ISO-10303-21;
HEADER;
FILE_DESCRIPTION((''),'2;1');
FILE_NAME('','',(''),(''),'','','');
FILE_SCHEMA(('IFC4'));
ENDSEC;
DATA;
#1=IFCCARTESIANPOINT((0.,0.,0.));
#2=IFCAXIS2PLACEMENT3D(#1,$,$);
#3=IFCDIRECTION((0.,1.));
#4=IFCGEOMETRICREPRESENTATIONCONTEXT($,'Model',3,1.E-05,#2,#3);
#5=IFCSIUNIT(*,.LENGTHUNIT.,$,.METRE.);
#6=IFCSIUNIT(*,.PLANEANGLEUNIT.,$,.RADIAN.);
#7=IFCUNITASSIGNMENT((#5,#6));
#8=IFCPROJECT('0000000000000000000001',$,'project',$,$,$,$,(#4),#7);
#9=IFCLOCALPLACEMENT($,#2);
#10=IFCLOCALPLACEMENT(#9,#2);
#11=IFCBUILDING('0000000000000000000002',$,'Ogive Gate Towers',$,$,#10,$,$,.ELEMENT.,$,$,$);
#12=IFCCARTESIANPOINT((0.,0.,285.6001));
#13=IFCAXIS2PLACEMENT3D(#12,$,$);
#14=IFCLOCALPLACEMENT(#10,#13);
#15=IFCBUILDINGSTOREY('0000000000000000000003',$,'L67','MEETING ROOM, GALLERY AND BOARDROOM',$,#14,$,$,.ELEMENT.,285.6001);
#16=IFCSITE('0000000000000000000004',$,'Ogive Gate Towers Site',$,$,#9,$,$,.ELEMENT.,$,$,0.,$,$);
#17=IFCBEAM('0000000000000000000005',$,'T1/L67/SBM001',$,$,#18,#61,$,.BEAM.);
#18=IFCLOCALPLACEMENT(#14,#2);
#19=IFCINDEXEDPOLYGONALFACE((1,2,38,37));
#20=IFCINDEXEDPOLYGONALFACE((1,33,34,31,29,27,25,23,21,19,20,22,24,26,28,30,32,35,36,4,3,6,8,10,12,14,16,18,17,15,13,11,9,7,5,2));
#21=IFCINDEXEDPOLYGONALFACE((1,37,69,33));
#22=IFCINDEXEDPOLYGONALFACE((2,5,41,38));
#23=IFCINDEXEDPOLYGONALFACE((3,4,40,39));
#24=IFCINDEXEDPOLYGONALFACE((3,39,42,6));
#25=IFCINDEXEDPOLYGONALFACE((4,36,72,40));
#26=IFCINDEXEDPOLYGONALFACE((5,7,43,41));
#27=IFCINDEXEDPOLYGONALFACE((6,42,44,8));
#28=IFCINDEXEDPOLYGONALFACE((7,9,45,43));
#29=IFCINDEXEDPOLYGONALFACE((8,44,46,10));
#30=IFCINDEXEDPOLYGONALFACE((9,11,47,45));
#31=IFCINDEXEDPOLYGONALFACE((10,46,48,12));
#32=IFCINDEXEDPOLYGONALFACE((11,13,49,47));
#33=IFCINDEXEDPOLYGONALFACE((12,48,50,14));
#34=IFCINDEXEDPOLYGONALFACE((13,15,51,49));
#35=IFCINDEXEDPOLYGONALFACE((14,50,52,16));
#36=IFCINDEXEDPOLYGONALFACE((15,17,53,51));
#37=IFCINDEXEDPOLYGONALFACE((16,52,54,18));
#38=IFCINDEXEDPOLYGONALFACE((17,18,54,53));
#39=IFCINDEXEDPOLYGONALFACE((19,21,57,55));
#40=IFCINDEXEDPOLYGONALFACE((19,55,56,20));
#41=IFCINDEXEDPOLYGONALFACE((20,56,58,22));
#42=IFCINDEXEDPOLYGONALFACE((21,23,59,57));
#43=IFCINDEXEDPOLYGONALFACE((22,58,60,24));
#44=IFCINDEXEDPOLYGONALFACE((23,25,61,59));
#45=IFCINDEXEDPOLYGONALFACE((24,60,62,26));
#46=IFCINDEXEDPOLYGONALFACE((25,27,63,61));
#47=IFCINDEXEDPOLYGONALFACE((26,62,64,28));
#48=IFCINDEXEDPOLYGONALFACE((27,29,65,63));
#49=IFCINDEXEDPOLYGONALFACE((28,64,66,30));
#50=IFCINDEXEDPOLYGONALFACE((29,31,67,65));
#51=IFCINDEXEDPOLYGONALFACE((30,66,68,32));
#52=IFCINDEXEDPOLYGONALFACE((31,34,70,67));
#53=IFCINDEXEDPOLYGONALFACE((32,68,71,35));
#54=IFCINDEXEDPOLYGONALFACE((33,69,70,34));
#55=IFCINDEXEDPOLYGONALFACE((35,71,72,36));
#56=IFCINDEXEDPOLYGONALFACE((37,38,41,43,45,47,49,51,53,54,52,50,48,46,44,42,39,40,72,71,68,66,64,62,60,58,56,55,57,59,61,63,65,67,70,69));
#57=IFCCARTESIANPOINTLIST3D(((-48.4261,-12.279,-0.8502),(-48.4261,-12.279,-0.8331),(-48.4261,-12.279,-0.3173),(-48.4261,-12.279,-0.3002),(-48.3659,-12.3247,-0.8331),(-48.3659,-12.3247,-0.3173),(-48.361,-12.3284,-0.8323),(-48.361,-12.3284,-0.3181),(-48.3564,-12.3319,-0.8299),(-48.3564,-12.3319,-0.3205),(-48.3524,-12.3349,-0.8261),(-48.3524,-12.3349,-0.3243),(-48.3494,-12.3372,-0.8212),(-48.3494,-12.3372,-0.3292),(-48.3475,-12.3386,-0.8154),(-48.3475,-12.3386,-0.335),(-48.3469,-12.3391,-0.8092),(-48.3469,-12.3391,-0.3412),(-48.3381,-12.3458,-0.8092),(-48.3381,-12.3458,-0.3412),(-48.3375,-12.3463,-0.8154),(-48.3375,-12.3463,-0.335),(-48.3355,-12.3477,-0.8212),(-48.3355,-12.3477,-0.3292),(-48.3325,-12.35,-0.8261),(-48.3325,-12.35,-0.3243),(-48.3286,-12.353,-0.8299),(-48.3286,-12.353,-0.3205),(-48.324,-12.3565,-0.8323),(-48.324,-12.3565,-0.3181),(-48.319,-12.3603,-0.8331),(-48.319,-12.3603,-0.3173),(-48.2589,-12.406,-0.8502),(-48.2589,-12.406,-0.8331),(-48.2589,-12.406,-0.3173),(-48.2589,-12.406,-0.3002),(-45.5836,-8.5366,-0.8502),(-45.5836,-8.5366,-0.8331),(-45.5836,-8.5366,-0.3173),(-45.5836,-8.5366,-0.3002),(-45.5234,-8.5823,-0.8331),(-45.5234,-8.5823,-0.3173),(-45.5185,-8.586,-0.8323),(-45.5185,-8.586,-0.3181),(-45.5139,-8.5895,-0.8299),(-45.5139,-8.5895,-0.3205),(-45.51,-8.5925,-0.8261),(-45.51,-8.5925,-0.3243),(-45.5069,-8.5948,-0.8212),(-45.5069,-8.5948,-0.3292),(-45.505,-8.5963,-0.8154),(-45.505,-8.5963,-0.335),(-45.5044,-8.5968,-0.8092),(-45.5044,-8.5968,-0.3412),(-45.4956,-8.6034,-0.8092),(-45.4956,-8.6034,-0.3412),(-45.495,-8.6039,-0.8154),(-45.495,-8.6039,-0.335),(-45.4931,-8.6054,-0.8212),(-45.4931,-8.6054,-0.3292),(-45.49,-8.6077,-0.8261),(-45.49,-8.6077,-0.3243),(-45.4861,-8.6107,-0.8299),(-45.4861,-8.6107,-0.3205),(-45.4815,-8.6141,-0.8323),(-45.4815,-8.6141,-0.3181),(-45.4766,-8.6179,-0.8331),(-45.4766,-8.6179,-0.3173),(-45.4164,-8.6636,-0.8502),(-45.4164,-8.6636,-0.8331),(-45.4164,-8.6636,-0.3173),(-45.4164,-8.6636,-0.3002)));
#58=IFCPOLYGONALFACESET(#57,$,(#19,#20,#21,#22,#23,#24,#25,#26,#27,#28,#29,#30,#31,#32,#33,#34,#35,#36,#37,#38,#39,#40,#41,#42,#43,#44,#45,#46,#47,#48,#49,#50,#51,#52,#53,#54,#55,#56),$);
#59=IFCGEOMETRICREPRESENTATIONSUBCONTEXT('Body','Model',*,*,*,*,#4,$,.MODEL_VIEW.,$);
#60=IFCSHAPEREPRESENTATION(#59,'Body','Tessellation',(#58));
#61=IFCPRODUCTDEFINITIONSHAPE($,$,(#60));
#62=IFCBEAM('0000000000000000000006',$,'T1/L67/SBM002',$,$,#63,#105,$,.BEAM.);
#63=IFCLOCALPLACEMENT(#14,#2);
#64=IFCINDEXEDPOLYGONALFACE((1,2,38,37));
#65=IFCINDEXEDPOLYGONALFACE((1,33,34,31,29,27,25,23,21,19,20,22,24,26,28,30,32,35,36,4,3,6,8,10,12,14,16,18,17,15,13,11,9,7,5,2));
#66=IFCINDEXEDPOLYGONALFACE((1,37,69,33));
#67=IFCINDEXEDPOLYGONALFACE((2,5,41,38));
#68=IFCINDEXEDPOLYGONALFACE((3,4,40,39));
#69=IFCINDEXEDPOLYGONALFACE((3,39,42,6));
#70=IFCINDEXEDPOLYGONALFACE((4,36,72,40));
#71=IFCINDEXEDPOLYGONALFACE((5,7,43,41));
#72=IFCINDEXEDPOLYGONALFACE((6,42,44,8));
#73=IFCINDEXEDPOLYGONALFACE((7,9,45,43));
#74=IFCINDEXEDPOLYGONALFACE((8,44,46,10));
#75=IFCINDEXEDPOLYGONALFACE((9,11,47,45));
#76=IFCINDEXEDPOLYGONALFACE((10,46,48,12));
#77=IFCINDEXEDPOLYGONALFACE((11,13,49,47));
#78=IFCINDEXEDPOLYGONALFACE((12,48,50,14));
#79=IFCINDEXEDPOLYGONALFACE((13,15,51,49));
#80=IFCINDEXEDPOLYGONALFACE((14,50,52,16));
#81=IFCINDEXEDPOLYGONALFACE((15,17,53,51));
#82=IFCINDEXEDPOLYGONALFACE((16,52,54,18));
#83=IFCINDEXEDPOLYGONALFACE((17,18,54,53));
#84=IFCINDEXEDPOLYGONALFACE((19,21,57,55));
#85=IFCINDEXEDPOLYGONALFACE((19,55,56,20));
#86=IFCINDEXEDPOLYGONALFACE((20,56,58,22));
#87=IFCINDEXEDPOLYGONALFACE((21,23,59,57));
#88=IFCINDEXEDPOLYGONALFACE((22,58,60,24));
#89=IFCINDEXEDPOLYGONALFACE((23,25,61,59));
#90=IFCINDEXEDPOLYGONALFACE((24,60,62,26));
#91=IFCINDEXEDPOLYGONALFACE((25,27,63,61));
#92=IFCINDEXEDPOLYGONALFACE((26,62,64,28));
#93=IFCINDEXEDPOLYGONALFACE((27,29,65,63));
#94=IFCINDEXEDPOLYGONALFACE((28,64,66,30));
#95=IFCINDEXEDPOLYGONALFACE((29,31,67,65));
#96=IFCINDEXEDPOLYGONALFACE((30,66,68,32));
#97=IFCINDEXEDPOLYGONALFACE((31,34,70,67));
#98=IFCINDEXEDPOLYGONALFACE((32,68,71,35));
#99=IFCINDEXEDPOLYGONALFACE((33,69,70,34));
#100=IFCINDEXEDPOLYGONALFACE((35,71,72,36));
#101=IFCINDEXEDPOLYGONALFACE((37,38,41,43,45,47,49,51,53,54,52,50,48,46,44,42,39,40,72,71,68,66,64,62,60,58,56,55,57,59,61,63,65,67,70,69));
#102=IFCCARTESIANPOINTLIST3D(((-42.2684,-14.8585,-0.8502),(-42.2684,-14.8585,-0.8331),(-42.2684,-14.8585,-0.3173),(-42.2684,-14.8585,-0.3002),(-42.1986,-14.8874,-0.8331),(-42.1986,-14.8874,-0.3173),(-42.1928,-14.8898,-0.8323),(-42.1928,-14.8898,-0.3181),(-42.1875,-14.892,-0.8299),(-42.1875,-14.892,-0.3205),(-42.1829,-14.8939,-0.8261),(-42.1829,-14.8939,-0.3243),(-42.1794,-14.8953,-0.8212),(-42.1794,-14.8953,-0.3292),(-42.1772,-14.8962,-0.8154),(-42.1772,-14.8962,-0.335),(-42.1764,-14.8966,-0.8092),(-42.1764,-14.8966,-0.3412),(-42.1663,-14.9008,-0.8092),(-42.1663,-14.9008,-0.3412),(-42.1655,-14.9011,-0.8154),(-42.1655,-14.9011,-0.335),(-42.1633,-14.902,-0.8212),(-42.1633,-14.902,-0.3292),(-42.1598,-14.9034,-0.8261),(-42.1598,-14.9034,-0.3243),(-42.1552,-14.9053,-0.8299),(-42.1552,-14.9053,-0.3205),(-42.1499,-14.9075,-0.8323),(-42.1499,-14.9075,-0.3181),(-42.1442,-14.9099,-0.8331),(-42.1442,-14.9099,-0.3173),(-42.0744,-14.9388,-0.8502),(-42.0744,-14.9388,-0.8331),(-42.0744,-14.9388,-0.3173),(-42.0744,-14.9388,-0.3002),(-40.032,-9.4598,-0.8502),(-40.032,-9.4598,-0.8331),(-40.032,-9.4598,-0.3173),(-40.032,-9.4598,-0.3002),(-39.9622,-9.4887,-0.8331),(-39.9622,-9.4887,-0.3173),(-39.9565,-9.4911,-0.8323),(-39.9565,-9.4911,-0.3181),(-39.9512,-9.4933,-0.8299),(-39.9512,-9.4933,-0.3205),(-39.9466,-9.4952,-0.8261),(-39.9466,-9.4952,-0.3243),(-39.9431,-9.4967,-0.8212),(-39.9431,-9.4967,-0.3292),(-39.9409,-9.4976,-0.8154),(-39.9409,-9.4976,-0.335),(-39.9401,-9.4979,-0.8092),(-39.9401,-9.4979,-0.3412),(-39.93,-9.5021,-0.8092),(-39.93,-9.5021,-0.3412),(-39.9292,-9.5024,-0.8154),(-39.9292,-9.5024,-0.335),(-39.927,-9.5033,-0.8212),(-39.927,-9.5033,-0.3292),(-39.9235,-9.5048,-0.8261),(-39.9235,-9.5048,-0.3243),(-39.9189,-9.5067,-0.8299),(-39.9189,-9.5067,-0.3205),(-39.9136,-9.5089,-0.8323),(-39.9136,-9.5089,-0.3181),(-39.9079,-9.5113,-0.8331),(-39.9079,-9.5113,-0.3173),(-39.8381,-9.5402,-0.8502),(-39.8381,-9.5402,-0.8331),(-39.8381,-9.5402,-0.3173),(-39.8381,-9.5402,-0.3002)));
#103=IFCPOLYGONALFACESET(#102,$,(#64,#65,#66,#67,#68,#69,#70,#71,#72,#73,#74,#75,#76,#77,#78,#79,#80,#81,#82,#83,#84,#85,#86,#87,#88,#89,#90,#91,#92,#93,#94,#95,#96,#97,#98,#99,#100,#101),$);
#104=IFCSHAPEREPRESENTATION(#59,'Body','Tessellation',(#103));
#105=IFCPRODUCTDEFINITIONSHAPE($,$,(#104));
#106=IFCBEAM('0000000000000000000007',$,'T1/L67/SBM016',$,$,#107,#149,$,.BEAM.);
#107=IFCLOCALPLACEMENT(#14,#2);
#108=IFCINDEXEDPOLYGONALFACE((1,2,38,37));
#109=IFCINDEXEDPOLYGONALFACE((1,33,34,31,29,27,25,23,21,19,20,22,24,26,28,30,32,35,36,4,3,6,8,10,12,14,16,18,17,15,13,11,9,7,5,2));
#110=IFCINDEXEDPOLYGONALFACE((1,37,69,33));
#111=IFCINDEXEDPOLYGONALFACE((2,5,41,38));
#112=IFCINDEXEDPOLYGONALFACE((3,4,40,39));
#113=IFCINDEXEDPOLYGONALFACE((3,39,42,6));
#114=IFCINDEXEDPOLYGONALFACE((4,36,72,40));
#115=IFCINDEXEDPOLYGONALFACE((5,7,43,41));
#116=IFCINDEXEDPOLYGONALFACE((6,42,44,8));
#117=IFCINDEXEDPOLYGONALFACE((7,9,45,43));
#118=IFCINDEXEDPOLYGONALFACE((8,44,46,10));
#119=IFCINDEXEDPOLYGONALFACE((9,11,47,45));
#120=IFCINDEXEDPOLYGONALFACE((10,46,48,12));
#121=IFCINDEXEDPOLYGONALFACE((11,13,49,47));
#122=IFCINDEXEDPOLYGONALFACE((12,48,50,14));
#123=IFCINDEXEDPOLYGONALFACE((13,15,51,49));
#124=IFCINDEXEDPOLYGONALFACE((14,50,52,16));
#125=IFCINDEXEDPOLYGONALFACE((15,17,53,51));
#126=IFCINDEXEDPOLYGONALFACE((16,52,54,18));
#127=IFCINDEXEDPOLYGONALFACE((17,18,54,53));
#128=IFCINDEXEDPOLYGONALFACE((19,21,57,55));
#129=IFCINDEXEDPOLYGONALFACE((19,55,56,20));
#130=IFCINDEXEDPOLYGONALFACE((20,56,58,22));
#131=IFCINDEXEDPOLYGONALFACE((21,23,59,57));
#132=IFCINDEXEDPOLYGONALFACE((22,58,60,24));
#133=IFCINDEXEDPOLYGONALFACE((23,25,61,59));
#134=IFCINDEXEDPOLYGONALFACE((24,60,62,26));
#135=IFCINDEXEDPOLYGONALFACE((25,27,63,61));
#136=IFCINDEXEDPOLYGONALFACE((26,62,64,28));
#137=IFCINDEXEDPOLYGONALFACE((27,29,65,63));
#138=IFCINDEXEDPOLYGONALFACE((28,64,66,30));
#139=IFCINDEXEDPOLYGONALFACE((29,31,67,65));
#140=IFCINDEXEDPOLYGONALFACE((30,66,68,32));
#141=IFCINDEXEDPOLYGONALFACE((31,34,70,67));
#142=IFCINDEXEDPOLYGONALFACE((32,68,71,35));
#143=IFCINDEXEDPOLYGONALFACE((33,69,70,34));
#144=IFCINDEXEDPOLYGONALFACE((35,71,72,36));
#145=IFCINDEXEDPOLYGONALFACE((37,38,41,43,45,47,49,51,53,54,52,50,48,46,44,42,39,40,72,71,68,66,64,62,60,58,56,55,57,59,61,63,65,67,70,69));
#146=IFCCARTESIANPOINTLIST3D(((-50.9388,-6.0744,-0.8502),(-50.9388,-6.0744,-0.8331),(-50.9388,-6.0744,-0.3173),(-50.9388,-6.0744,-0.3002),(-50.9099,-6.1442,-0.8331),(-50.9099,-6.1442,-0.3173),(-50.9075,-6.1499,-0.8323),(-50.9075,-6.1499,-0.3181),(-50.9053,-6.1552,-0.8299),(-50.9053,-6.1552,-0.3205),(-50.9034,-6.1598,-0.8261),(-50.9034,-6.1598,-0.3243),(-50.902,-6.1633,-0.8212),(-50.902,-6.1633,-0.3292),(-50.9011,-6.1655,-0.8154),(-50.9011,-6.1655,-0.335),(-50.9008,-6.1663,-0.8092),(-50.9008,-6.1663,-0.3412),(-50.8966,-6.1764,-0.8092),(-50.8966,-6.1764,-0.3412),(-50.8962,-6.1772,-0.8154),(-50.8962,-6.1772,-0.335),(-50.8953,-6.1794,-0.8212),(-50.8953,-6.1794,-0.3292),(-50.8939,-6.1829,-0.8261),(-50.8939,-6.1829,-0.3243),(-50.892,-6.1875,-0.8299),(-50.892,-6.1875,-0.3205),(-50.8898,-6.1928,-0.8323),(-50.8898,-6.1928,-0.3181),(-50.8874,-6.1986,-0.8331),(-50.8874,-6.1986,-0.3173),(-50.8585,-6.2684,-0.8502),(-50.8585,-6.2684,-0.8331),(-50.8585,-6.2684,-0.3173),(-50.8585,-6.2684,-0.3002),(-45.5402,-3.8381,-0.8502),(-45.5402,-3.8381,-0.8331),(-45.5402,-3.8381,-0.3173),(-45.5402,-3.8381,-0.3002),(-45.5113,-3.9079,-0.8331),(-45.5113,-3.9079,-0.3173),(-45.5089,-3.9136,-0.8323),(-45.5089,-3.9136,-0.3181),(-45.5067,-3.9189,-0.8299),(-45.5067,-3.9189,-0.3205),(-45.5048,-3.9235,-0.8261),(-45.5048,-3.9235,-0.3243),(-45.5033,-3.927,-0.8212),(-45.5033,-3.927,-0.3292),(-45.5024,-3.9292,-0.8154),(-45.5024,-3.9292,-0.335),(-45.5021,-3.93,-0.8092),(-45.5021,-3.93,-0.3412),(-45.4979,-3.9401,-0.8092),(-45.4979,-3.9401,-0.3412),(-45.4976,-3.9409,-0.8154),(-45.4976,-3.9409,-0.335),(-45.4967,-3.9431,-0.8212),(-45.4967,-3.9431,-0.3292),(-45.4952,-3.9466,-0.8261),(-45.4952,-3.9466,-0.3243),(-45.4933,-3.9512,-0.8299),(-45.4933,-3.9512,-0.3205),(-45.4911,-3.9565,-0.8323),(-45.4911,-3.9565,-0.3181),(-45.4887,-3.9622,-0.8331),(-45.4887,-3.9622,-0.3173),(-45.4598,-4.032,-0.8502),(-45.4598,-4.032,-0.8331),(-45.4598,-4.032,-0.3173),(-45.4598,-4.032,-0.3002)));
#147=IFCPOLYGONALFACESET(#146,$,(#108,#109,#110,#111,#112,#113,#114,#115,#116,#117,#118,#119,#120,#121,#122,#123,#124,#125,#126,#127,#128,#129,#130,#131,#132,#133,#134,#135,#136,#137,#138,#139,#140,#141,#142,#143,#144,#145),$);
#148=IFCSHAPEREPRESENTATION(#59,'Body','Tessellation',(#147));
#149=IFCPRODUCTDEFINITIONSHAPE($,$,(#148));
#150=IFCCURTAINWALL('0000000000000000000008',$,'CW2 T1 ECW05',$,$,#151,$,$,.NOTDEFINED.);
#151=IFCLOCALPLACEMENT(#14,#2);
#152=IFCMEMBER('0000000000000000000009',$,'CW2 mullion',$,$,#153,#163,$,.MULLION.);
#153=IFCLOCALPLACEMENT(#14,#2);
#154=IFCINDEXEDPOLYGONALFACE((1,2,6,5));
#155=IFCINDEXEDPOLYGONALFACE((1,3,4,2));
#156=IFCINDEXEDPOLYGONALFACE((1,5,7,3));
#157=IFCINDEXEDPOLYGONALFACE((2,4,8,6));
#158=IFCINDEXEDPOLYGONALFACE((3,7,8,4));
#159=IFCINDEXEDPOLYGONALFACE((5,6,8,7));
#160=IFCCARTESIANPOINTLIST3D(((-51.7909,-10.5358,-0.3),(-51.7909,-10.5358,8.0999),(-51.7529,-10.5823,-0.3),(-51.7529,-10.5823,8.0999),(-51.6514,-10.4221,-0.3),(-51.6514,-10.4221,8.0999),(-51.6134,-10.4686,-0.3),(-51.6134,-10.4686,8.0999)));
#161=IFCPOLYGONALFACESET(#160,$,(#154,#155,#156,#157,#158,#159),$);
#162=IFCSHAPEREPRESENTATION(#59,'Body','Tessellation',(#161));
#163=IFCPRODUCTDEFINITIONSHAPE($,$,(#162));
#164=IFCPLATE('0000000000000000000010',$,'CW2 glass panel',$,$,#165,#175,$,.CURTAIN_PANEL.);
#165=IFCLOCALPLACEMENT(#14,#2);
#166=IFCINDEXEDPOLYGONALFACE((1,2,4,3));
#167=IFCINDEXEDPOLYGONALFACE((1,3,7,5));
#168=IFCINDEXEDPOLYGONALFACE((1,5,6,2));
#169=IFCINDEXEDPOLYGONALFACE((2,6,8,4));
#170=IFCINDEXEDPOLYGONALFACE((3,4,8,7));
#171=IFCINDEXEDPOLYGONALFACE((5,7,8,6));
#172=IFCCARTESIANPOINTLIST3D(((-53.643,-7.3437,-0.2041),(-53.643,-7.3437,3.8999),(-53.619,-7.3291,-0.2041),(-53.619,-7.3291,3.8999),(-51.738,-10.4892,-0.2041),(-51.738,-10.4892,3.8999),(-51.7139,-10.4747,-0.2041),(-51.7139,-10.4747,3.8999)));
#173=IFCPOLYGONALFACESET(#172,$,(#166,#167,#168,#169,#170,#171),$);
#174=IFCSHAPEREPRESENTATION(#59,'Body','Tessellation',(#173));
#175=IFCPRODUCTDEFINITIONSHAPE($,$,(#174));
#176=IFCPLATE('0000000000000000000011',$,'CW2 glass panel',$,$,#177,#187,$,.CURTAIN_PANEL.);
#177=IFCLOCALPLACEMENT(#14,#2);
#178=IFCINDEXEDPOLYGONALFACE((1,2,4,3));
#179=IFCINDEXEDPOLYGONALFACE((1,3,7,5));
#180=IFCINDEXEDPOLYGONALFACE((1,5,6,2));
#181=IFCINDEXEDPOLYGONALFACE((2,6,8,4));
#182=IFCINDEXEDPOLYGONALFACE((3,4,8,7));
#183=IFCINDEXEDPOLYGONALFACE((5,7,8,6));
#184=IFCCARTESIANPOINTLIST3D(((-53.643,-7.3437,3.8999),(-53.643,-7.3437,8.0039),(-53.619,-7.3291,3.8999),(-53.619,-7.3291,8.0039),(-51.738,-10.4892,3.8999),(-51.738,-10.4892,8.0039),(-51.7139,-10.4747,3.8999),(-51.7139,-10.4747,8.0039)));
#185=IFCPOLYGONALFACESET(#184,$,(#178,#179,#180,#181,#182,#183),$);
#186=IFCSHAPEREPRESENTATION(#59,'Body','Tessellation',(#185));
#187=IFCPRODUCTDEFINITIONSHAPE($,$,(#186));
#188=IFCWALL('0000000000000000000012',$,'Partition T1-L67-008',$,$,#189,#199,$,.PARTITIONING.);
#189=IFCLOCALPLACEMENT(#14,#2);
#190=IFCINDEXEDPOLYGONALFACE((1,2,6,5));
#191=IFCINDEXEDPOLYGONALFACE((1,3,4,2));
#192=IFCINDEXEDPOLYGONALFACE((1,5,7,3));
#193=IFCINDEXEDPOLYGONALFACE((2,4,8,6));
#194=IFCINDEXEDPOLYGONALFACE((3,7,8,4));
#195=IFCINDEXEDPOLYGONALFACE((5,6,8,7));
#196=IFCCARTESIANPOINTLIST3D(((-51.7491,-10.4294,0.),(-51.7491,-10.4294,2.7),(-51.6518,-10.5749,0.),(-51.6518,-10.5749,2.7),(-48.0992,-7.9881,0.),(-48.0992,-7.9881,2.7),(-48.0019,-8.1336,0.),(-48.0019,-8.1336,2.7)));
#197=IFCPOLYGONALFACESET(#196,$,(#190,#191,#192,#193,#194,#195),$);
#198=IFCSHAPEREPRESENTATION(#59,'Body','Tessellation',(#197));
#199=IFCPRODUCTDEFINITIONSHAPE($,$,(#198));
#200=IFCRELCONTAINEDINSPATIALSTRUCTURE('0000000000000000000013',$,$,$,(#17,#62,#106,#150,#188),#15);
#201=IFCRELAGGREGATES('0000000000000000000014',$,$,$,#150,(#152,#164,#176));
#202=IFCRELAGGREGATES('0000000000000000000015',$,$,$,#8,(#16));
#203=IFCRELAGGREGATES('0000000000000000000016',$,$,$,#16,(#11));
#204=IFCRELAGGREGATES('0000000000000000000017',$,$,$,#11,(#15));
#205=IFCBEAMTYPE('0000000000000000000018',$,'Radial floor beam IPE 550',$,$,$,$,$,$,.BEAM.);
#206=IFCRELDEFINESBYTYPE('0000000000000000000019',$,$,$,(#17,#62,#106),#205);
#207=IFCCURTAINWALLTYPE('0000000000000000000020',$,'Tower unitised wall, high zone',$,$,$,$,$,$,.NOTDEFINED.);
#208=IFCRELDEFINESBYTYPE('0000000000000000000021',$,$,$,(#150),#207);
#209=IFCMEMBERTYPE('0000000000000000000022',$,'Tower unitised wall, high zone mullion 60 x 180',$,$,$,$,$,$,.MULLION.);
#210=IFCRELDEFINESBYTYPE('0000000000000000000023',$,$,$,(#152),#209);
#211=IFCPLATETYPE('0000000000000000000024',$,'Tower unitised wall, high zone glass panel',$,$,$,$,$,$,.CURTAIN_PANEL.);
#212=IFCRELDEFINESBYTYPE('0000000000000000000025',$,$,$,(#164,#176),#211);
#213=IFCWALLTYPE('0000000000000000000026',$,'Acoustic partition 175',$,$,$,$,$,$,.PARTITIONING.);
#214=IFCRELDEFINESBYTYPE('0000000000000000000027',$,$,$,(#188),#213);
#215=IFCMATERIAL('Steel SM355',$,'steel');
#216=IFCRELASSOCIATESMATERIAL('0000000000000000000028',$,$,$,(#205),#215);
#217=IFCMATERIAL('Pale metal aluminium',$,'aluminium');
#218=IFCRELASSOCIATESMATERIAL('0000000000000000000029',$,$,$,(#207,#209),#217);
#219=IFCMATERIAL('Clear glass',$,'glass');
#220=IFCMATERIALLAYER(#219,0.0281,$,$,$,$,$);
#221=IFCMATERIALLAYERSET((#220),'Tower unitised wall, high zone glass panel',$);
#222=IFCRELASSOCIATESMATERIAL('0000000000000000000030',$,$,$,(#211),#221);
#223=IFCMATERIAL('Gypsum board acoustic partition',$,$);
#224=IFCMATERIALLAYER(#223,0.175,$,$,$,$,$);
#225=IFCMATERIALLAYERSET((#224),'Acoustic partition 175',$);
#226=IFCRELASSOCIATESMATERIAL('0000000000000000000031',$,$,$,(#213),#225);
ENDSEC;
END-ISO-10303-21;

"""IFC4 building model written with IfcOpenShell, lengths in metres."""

from ifc_helpers import new_model, si_unit, direction, frame, frame_2d, origin, origin_2d, place, context, subcontext, project, spatial, rectangle, i_section, extrude, material, layer, layer_set, material_profile, profile_set, type_object, element, aggregate, save


model = new_model("IFC4")

# Units and contexts
model_context = context("Model", 3, precision=1e-05, world=origin(), true_north=direction((0.0, 1.0)))
body_context = subcontext(model_context, "Body", "Model", "MODEL_VIEW")
ifc_project = project(units=[si_unit("LENGTHUNIT", "METRE"), si_unit("PLANEANGLEUNIT", "RADIAN")], contexts=[model_context])

# Site, building, storey
site_placement = place(None, origin())
site = spatial("IfcSite", under=ifc_project, at=site_placement, Name="Ogive Gate Towers Site", CompositionType="ELEMENT", RefElevation=0.0)
building_placement = place(site_placement, origin())
building = spatial("IfcBuilding", under=site, at=building_placement, Name="Ogive Gate Towers", CompositionType="ELEMENT")
storey_placement = place(building_placement, frame((0.0, 0.0, 285.6001)))
storey = spatial("IfcBuildingStorey", under=building, at=storey_placement, Name="L67", Description="MEETING ROOM, GALLERY AND BOARDROOM", CompositionType="ELEMENT", Elevation=285.6001)

# Beams
ifc_material_1 = material(Name="Steel SM355", Category="steel")
ifc_material_profile_1 = material_profile(ifc_material_1, i_section(OverallWidth=0.21, OverallDepth=0.55, WebThickness=0.011, FlangeThickness=0.0171, FilletRadius=0.0239, at=origin_2d()), Name="IPE 550")
ifc_profile_set_1 = profile_set([ifc_material_profile_1], Name="Steel SM355")
beam_type = type_object("IfcBeamType", Name="Radial floor beam IPE 550", PredefinedType="BEAM", material=ifc_profile_set_1)
beam_placement = place(storey_placement, frame((-45.5, -8.6001, -0.5752), z_axis=(-0.604851, -0.796338, 0.0), x_axis=(0.796338, -0.604851, 0.0)))
element("IfcBeam", 1, at=beam_placement, inside=storey, type_object=beam_type, Name="T1/L67/SBM001", PredefinedType="BEAM", context=body_context, shape_type="SweptSolid", body=[
    extrude(i_section(OverallWidth=0.21, OverallDepth=0.55, WebThickness=0.011, FlangeThickness=0.0171, FilletRadius=0.0239, at=origin_2d()), origin(), (0.0, 0.0, 1.0), 4.6995),
])
for number, where, z_axis, x_axis, name in (
    (2, (-39.9351, -9.5, -0.5752), (-0.382701, -0.923872, 0.0), (0.923872, -0.382701, 0.0), "T1/L67/SBM002"),
    (3, (-45.5, -3.9351, -0.5752), (-0.923872, -0.382701, 0.0), (0.382701, -0.923872, 0.0), "T1/L67/SBM016"),
):
    element("IfcBeam", number, at=place(storey_placement, frame(where, z_axis=z_axis, x_axis=x_axis)), inside=storey, type_object=beam_type, Name=name, PredefinedType="BEAM", context=body_context, shape_type="SweptSolid", body=[
        extrude(i_section(OverallWidth=0.21, OverallDepth=0.55, WebThickness=0.011, FlangeThickness=0.0171, FilletRadius=0.0239, at=origin_2d()), origin(), (0.0, 0.0, 1.0), 5.8435),
    ])

# Curtain wall, member, plates
ifc_material_2 = material(Name="Pale metal aluminium", Category="aluminium")
curtain_wall_type = type_object("IfcCurtainWallType", Name="Tower unitised wall, high zone", PredefinedType="NOTDEFINED", material=ifc_material_2)
curtain_wall_placement = place(storey_placement, origin())
curtain_wall = element("IfcCurtainWall", 4, at=curtain_wall_placement, inside=storey, type_object=curtain_wall_type, Name="CW2 T1 ECW05", PredefinedType="NOTDEFINED")
ifc_material_profile_2 = material_profile(ifc_material_2, rectangle(XDim=0.1799, YDim=0.0601, at=origin_2d()), Name="60 x 180 aluminium box")
ifc_profile_set_2 = profile_set([ifc_material_profile_2], Name="Pale metal aluminium")
member_type = type_object("IfcMemberType", Name="Tower unitised wall, high zone mullion 60 x 180", PredefinedType="MULLION", material=ifc_profile_set_2)
member_placement = place(storey_placement, frame((-51.7021, -10.5022, -0.3), z_axis=(0.0, 0.0, 1.0), x_axis=(-0.775121, -0.631813, 0.0)))
member = element("IfcMember", 5, at=member_placement, type_object=member_type, Name="CW2 mullion", PredefinedType="MULLION", context=body_context, shape_type="SweptSolid", body=[
    extrude(rectangle(XDim=0.1799, YDim=0.0601, at=origin_2d()), origin(), (0.0, 0.0, 1.0), 8.3999),
])
ifc_material_3 = material(Name="Clear glass", Category="glass")
ifc_layer_1 = layer(ifc_material_3, 0.0281)
ifc_layer_set_1 = layer_set([ifc_layer_1], Name="Tower unitised wall, high zone glass panel")
plate_type = type_object("IfcPlateType", Name="Tower unitised wall, high zone glass panel", PredefinedType="CURTAIN_PANEL", material=ifc_layer_set_1)
plate_1_placement = place(storey_placement, frame((-52.6785, -8.9092, -0.2041), z_axis=(0.0, 0.0, 1.0), x_axis=(0.518027, -0.855364, 0.0)))
plate_1 = element("IfcPlate", 6, at=plate_1_placement, type_object=plate_type, Name="CW2 glass panel", PredefinedType="CURTAIN_PANEL", context=body_context, shape_type="SweptSolid", body=[
    extrude(rectangle(XDim=3.6775, YDim=0.0281, at=origin_2d()), origin(), (0.0, 0.0, 1.0), 4.104),
])
plate_2_placement = place(storey_placement, frame((-52.6785, -8.9092, 3.8999), z_axis=(0.0, 0.0, 1.0), x_axis=(0.518027, -0.855364, 0.0)))
plate_2 = element("IfcPlate", 7, at=plate_2_placement, type_object=plate_type, Name="CW2 glass panel", PredefinedType="CURTAIN_PANEL", context=body_context, shape_type="SweptSolid", body=[
    extrude(rectangle(XDim=3.6775, YDim=0.0281, at=origin_2d()), origin(), (0.0, 0.0, 1.0), 4.104),
])
aggregate(curtain_wall, [member, plate_1, plate_2])

# Wall
ifc_material_4 = material(Name="Gypsum board acoustic partition")
ifc_layer_2 = layer(ifc_material_4, 0.175)
ifc_layer_set_2 = layer_set([ifc_layer_2], Name="Acoustic partition 175")
wall_type_1 = type_object("IfcWallType", Name="Acoustic partition 175", PredefinedType="PARTITIONING", material=ifc_layer_set_2)
wall_1_placement = place(storey_placement, frame((-51.7004, -10.5022, 0.0), z_axis=(0.0, 0.0, 1.0), x_axis=(0.831194, 0.555983, 0.0)))
element("IfcWall", 8, at=wall_1_placement, inside=storey, type_object=wall_type_1, Name="Partition T1-L67-008", PredefinedType="PARTITIONING", context=body_context, shape_type="SweptSolid", body=[
    extrude(rectangle(XDim=4.3911, YDim=0.175, at=frame_2d((2.1956, 0.0))), origin(), (0.0, 0.0, 1.0), 2.7),
])

save(model, "model.ifc")
